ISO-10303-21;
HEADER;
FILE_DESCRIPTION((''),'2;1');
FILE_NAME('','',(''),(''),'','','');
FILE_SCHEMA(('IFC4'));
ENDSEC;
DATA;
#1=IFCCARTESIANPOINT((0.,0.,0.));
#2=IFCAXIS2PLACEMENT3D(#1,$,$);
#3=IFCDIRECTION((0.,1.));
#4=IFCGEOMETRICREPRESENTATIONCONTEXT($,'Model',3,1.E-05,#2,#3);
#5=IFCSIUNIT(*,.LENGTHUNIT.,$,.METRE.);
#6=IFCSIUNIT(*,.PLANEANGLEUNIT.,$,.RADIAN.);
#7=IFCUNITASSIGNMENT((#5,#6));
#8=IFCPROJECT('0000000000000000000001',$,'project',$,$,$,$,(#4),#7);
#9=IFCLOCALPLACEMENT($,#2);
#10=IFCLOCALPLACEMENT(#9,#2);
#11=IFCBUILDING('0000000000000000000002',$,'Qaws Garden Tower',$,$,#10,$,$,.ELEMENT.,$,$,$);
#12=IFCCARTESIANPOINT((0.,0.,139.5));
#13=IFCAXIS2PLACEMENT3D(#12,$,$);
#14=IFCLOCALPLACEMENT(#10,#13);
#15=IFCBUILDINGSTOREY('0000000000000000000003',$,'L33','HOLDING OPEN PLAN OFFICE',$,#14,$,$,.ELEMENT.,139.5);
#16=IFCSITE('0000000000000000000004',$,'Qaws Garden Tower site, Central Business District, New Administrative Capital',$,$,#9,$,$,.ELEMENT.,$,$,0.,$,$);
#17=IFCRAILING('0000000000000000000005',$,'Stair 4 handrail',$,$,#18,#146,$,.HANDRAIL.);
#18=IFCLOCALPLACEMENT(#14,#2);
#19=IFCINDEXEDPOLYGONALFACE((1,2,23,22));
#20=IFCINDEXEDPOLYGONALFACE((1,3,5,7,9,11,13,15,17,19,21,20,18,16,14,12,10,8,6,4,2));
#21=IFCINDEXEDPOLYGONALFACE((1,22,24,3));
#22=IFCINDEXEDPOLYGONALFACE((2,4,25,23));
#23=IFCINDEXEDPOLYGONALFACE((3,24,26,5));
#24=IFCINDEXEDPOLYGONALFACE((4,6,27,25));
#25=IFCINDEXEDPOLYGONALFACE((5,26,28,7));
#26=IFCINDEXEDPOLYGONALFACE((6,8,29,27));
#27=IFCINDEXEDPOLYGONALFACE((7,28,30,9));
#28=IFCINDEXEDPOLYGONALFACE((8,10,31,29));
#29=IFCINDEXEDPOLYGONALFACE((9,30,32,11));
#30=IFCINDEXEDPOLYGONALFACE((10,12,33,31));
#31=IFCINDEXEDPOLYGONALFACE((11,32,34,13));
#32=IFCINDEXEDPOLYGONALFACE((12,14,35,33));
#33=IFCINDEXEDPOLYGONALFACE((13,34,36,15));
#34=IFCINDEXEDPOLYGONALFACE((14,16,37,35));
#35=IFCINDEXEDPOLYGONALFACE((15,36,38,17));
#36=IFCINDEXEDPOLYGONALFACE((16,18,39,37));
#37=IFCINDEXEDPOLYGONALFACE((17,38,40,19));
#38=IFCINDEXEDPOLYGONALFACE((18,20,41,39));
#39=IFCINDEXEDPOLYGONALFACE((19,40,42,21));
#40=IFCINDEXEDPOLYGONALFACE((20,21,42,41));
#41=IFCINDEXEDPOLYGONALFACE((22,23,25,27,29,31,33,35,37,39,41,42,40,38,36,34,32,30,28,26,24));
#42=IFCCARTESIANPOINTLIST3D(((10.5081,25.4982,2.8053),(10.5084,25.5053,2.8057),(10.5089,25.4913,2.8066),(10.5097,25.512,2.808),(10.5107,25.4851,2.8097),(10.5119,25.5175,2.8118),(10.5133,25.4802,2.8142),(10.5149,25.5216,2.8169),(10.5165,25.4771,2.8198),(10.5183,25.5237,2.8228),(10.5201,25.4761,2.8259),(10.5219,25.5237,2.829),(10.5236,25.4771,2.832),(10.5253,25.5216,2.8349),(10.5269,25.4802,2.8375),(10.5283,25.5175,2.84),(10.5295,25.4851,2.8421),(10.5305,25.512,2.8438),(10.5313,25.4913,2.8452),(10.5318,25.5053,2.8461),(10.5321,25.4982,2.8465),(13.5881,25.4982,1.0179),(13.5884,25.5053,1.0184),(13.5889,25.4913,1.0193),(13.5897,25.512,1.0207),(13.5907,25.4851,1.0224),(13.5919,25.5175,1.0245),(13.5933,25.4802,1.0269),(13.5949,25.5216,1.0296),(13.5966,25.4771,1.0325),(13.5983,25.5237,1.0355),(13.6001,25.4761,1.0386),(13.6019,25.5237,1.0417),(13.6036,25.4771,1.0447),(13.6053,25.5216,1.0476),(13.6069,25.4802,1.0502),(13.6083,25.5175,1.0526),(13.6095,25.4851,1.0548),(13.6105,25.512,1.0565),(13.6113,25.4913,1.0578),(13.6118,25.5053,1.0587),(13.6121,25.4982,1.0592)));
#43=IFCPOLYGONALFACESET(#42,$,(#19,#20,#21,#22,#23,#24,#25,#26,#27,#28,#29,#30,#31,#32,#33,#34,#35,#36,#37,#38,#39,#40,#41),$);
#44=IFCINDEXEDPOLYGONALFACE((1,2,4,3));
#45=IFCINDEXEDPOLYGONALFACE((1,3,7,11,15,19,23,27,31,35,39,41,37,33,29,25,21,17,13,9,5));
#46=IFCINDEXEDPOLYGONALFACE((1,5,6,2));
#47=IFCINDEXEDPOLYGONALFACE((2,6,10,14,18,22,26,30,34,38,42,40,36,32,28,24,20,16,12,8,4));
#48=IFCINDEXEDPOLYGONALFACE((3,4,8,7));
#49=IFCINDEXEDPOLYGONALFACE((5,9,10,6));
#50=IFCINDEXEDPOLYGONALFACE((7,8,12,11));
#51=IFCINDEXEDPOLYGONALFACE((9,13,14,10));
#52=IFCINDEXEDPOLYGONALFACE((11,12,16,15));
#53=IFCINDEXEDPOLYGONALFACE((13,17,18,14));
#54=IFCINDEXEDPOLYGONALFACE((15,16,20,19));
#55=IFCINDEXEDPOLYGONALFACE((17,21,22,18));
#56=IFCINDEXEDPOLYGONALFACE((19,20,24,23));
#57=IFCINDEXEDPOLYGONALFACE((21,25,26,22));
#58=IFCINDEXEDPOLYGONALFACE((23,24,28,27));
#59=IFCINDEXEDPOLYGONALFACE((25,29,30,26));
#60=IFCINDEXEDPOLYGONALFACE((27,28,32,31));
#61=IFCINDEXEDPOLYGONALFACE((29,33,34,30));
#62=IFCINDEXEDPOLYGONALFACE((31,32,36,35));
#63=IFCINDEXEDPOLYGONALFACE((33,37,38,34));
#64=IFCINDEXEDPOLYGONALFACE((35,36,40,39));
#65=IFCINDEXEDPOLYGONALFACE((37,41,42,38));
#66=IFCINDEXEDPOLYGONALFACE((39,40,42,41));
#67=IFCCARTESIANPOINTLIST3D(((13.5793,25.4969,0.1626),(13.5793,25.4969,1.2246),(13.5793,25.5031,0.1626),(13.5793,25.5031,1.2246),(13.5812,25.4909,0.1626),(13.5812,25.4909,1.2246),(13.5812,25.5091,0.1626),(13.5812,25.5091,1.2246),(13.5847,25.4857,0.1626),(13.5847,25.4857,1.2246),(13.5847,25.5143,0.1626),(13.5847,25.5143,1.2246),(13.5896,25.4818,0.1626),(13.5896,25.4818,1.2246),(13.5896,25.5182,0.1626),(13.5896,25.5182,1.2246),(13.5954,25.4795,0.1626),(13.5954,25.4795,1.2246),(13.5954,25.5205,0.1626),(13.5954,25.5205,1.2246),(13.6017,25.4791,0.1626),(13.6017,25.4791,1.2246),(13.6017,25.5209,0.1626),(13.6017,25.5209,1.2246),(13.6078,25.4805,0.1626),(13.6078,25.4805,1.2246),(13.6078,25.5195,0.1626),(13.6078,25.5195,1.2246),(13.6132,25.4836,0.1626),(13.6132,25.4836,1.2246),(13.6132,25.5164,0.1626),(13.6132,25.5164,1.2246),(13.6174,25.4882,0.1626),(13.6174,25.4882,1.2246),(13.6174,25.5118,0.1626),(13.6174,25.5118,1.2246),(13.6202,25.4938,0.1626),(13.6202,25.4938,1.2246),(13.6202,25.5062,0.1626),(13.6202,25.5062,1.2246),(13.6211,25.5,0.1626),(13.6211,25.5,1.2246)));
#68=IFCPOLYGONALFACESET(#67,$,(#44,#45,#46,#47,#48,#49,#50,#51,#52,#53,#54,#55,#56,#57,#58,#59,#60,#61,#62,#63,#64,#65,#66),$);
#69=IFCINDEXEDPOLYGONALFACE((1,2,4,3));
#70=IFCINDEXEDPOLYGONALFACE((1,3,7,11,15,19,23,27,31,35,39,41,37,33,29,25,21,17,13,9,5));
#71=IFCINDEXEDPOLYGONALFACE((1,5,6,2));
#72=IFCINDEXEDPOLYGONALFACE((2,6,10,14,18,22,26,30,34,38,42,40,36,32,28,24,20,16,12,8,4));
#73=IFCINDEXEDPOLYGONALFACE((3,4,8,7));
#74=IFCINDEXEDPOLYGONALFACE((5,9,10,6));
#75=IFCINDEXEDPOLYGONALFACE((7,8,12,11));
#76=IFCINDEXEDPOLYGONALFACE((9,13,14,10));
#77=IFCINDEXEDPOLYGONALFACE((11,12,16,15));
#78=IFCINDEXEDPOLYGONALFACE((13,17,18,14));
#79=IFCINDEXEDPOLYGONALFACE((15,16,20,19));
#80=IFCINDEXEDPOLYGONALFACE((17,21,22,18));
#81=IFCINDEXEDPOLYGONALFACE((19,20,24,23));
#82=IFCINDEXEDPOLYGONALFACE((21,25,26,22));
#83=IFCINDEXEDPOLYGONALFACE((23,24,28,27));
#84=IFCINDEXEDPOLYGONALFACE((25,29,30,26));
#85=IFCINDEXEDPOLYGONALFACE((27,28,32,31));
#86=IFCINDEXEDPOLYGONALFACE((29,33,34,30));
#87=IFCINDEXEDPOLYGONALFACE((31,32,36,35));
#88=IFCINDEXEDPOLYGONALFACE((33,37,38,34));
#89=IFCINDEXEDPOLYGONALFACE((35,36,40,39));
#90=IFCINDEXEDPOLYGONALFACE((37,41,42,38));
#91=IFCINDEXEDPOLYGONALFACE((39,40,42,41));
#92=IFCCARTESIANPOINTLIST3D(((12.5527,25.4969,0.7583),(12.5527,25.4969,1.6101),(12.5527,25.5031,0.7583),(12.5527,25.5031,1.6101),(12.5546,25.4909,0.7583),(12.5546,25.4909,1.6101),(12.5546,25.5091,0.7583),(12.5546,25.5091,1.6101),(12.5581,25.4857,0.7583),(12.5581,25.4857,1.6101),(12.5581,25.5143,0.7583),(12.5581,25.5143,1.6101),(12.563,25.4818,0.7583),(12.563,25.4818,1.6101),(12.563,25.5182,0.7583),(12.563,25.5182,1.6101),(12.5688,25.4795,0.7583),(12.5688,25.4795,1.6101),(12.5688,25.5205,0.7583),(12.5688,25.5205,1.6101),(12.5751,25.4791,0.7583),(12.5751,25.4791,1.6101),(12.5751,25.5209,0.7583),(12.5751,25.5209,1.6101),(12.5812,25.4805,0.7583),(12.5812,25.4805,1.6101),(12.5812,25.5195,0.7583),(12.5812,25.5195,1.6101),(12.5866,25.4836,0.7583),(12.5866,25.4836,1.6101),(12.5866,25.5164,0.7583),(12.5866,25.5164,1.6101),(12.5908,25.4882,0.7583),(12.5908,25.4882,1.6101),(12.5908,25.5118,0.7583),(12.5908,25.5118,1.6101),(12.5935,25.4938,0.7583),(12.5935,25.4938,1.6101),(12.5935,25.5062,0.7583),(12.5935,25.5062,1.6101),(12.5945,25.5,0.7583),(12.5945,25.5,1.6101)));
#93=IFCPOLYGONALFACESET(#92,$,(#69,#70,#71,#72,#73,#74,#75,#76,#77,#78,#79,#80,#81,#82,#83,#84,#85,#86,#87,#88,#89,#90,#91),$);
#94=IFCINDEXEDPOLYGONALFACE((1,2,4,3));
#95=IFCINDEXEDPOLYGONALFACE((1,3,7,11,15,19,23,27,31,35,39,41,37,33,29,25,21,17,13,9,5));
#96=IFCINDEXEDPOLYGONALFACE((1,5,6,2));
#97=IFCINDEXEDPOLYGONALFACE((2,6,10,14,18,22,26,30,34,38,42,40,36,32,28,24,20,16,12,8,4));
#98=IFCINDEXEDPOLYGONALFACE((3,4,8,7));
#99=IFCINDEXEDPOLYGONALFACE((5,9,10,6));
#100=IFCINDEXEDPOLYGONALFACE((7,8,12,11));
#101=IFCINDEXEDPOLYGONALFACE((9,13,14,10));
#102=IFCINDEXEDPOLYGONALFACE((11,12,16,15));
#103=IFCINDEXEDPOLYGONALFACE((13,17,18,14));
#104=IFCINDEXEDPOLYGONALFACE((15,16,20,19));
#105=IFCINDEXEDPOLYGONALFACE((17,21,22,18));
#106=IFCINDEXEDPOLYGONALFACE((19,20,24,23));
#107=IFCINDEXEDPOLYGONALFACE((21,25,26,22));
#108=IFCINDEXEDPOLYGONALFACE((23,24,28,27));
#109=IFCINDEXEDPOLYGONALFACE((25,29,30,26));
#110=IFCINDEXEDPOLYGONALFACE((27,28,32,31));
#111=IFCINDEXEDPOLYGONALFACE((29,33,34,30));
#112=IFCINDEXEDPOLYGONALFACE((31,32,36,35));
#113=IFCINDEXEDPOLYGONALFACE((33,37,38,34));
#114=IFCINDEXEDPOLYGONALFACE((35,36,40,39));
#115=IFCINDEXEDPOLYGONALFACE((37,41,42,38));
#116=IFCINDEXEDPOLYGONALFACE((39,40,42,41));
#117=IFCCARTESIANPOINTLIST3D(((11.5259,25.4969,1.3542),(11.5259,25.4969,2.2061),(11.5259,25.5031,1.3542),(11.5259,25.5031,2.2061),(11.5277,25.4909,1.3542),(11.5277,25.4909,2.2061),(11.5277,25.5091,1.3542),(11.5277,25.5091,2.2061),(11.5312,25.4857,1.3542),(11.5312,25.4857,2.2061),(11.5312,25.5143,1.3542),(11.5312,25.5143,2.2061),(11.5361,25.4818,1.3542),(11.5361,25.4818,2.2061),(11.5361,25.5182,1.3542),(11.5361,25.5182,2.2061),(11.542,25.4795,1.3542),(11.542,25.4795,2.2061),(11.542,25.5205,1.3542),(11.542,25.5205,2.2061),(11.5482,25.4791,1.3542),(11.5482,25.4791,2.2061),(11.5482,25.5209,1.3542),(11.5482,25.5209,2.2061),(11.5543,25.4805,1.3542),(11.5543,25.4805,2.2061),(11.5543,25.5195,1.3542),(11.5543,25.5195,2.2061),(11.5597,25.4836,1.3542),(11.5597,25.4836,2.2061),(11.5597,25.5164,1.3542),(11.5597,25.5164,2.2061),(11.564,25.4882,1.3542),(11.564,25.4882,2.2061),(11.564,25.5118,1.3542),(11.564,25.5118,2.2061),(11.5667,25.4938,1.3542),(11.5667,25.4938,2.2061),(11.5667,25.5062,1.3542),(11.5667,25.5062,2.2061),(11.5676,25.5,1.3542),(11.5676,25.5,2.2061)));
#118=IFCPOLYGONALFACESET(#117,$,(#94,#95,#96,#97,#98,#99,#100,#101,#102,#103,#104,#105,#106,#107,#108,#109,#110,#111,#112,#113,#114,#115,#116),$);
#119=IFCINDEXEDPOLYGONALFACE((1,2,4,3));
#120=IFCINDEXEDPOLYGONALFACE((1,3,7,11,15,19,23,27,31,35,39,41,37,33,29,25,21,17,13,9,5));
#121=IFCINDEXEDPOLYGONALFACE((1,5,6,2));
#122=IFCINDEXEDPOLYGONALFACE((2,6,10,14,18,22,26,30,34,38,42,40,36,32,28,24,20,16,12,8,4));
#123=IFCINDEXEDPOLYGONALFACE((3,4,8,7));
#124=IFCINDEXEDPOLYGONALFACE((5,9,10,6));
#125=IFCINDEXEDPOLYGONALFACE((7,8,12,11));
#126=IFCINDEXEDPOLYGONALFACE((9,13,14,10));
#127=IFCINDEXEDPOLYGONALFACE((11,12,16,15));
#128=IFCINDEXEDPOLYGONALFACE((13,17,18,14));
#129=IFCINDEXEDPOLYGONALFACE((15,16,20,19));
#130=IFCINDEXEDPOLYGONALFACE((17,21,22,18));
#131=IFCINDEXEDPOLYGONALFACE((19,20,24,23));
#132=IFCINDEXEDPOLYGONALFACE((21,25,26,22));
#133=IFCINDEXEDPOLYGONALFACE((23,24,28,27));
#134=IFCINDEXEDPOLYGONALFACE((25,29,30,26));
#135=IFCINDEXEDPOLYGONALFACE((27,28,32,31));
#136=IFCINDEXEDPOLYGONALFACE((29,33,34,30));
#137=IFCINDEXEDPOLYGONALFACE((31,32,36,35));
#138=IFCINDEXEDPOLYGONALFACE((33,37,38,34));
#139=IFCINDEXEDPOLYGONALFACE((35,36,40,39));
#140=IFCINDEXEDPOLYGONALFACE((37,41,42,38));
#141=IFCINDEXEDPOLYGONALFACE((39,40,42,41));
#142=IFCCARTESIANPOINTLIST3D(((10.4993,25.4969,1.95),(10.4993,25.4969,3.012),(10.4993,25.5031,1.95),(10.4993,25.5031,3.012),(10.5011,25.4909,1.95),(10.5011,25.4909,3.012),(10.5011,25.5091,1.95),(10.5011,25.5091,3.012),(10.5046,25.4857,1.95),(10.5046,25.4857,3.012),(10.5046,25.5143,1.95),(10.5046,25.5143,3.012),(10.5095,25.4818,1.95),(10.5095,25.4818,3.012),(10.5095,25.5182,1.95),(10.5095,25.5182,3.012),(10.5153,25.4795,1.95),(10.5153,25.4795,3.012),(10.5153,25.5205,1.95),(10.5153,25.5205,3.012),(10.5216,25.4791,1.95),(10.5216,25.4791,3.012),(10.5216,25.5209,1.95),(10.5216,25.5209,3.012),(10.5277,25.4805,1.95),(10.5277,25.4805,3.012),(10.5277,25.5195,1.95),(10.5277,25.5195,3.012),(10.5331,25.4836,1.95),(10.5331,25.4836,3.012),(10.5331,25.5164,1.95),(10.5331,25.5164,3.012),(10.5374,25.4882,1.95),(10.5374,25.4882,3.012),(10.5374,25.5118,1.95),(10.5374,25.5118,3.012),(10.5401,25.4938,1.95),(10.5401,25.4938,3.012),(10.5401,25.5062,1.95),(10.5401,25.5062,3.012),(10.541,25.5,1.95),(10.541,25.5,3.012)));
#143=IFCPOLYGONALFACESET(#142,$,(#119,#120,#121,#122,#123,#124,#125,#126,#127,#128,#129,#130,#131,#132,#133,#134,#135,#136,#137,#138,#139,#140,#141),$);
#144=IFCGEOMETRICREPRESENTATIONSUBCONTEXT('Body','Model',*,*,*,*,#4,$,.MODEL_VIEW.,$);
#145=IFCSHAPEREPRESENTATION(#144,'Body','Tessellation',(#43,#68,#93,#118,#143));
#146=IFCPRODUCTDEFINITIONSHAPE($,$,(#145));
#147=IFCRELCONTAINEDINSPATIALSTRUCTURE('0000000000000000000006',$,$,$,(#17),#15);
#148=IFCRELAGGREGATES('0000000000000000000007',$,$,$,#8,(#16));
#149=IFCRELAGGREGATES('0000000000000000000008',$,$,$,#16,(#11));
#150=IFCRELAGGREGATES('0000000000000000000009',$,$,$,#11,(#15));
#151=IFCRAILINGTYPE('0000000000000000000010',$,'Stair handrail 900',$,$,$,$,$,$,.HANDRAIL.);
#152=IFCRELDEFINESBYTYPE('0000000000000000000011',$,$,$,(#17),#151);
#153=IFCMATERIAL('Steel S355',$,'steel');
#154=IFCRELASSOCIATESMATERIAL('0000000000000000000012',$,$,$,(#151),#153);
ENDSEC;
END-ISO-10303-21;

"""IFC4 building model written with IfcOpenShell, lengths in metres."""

from ifc_helpers import new_model, si_unit, direction, frame, origin, origin_2d, place, context, subcontext, project, spatial, circle, extrude, material, type_object, element, save


model = new_model("IFC4")

# Units and contexts
model_context = context("Model", 3, precision=1e-05, world=origin(), true_north=direction((0.0, 1.0)))
body_context = subcontext(model_context, "Body", "Model", "MODEL_VIEW")
ifc_project = project(units=[si_unit("LENGTHUNIT", "METRE"), si_unit("PLANEANGLEUNIT", "RADIAN")], contexts=[model_context])

# Site, building, storey
site_placement = place(None, origin())
site = spatial("IfcSite", under=ifc_project, at=site_placement, Name="Qaws Garden Tower site, Central Business District, New Administrative Capital", CompositionType="ELEMENT", RefElevation=0.0)
building_placement = place(site_placement, origin())
building = spatial("IfcBuilding", under=site, at=building_placement, Name="Qaws Garden Tower", CompositionType="ELEMENT")
storey_placement = place(building_placement, frame((0.0, 0.0, 139.5)))
storey = spatial("IfcBuildingStorey", under=building, at=storey_placement, Name="L33", Description="HOLDING OPEN PLAN OFFICE", CompositionType="ELEMENT", Elevation=139.5)

# Railing
ifc_material_1 = material(Name="Steel S355", Category="steel")
railing_type = type_object("IfcRailingType", Name="Stair handrail 900", PredefinedType="HANDRAIL", material=ifc_material_1)
railing_1_placement = place(storey_placement, frame((13.6001, 25.5, 0.1626)))
element("IfcRailing", 1, at=railing_1_placement, inside=storey, type_object=railing_type, Name="Stair 4 handrail", PredefinedType="HANDRAIL", context=body_context, shape_type="SweptSolid", body=[
    extrude(circle(Radius=0.0239, at=origin_2d()), frame((0.0, 0.0, 0.876), z_axis=(-0.86492, 0.0, 0.501909), x_axis=(0.0, -1.0, 0.0)), (0.0, 0.0, 1.0), 3.561),
    extrude(circle(Radius=0.021, at=origin_2d()), origin(), (0.0, 0.0, 1.0), 1.062),
    extrude(circle(Radius=0.021, at=origin_2d()), frame((-1.0266, 0.0, 0.5957)), (0.0, 0.0, 1.0), 0.8518),
    extrude(circle(Radius=0.021, at=origin_2d()), frame((-2.0535, 0.0, 1.1917)), (0.0, 0.0, 1.0), 0.8518),
    extrude(circle(Radius=0.021, at=origin_2d()), frame((-3.0801, 0.0, 1.7874)), (0.0, 0.0, 1.0), 1.062),
])

save(model, "model.ifc")
